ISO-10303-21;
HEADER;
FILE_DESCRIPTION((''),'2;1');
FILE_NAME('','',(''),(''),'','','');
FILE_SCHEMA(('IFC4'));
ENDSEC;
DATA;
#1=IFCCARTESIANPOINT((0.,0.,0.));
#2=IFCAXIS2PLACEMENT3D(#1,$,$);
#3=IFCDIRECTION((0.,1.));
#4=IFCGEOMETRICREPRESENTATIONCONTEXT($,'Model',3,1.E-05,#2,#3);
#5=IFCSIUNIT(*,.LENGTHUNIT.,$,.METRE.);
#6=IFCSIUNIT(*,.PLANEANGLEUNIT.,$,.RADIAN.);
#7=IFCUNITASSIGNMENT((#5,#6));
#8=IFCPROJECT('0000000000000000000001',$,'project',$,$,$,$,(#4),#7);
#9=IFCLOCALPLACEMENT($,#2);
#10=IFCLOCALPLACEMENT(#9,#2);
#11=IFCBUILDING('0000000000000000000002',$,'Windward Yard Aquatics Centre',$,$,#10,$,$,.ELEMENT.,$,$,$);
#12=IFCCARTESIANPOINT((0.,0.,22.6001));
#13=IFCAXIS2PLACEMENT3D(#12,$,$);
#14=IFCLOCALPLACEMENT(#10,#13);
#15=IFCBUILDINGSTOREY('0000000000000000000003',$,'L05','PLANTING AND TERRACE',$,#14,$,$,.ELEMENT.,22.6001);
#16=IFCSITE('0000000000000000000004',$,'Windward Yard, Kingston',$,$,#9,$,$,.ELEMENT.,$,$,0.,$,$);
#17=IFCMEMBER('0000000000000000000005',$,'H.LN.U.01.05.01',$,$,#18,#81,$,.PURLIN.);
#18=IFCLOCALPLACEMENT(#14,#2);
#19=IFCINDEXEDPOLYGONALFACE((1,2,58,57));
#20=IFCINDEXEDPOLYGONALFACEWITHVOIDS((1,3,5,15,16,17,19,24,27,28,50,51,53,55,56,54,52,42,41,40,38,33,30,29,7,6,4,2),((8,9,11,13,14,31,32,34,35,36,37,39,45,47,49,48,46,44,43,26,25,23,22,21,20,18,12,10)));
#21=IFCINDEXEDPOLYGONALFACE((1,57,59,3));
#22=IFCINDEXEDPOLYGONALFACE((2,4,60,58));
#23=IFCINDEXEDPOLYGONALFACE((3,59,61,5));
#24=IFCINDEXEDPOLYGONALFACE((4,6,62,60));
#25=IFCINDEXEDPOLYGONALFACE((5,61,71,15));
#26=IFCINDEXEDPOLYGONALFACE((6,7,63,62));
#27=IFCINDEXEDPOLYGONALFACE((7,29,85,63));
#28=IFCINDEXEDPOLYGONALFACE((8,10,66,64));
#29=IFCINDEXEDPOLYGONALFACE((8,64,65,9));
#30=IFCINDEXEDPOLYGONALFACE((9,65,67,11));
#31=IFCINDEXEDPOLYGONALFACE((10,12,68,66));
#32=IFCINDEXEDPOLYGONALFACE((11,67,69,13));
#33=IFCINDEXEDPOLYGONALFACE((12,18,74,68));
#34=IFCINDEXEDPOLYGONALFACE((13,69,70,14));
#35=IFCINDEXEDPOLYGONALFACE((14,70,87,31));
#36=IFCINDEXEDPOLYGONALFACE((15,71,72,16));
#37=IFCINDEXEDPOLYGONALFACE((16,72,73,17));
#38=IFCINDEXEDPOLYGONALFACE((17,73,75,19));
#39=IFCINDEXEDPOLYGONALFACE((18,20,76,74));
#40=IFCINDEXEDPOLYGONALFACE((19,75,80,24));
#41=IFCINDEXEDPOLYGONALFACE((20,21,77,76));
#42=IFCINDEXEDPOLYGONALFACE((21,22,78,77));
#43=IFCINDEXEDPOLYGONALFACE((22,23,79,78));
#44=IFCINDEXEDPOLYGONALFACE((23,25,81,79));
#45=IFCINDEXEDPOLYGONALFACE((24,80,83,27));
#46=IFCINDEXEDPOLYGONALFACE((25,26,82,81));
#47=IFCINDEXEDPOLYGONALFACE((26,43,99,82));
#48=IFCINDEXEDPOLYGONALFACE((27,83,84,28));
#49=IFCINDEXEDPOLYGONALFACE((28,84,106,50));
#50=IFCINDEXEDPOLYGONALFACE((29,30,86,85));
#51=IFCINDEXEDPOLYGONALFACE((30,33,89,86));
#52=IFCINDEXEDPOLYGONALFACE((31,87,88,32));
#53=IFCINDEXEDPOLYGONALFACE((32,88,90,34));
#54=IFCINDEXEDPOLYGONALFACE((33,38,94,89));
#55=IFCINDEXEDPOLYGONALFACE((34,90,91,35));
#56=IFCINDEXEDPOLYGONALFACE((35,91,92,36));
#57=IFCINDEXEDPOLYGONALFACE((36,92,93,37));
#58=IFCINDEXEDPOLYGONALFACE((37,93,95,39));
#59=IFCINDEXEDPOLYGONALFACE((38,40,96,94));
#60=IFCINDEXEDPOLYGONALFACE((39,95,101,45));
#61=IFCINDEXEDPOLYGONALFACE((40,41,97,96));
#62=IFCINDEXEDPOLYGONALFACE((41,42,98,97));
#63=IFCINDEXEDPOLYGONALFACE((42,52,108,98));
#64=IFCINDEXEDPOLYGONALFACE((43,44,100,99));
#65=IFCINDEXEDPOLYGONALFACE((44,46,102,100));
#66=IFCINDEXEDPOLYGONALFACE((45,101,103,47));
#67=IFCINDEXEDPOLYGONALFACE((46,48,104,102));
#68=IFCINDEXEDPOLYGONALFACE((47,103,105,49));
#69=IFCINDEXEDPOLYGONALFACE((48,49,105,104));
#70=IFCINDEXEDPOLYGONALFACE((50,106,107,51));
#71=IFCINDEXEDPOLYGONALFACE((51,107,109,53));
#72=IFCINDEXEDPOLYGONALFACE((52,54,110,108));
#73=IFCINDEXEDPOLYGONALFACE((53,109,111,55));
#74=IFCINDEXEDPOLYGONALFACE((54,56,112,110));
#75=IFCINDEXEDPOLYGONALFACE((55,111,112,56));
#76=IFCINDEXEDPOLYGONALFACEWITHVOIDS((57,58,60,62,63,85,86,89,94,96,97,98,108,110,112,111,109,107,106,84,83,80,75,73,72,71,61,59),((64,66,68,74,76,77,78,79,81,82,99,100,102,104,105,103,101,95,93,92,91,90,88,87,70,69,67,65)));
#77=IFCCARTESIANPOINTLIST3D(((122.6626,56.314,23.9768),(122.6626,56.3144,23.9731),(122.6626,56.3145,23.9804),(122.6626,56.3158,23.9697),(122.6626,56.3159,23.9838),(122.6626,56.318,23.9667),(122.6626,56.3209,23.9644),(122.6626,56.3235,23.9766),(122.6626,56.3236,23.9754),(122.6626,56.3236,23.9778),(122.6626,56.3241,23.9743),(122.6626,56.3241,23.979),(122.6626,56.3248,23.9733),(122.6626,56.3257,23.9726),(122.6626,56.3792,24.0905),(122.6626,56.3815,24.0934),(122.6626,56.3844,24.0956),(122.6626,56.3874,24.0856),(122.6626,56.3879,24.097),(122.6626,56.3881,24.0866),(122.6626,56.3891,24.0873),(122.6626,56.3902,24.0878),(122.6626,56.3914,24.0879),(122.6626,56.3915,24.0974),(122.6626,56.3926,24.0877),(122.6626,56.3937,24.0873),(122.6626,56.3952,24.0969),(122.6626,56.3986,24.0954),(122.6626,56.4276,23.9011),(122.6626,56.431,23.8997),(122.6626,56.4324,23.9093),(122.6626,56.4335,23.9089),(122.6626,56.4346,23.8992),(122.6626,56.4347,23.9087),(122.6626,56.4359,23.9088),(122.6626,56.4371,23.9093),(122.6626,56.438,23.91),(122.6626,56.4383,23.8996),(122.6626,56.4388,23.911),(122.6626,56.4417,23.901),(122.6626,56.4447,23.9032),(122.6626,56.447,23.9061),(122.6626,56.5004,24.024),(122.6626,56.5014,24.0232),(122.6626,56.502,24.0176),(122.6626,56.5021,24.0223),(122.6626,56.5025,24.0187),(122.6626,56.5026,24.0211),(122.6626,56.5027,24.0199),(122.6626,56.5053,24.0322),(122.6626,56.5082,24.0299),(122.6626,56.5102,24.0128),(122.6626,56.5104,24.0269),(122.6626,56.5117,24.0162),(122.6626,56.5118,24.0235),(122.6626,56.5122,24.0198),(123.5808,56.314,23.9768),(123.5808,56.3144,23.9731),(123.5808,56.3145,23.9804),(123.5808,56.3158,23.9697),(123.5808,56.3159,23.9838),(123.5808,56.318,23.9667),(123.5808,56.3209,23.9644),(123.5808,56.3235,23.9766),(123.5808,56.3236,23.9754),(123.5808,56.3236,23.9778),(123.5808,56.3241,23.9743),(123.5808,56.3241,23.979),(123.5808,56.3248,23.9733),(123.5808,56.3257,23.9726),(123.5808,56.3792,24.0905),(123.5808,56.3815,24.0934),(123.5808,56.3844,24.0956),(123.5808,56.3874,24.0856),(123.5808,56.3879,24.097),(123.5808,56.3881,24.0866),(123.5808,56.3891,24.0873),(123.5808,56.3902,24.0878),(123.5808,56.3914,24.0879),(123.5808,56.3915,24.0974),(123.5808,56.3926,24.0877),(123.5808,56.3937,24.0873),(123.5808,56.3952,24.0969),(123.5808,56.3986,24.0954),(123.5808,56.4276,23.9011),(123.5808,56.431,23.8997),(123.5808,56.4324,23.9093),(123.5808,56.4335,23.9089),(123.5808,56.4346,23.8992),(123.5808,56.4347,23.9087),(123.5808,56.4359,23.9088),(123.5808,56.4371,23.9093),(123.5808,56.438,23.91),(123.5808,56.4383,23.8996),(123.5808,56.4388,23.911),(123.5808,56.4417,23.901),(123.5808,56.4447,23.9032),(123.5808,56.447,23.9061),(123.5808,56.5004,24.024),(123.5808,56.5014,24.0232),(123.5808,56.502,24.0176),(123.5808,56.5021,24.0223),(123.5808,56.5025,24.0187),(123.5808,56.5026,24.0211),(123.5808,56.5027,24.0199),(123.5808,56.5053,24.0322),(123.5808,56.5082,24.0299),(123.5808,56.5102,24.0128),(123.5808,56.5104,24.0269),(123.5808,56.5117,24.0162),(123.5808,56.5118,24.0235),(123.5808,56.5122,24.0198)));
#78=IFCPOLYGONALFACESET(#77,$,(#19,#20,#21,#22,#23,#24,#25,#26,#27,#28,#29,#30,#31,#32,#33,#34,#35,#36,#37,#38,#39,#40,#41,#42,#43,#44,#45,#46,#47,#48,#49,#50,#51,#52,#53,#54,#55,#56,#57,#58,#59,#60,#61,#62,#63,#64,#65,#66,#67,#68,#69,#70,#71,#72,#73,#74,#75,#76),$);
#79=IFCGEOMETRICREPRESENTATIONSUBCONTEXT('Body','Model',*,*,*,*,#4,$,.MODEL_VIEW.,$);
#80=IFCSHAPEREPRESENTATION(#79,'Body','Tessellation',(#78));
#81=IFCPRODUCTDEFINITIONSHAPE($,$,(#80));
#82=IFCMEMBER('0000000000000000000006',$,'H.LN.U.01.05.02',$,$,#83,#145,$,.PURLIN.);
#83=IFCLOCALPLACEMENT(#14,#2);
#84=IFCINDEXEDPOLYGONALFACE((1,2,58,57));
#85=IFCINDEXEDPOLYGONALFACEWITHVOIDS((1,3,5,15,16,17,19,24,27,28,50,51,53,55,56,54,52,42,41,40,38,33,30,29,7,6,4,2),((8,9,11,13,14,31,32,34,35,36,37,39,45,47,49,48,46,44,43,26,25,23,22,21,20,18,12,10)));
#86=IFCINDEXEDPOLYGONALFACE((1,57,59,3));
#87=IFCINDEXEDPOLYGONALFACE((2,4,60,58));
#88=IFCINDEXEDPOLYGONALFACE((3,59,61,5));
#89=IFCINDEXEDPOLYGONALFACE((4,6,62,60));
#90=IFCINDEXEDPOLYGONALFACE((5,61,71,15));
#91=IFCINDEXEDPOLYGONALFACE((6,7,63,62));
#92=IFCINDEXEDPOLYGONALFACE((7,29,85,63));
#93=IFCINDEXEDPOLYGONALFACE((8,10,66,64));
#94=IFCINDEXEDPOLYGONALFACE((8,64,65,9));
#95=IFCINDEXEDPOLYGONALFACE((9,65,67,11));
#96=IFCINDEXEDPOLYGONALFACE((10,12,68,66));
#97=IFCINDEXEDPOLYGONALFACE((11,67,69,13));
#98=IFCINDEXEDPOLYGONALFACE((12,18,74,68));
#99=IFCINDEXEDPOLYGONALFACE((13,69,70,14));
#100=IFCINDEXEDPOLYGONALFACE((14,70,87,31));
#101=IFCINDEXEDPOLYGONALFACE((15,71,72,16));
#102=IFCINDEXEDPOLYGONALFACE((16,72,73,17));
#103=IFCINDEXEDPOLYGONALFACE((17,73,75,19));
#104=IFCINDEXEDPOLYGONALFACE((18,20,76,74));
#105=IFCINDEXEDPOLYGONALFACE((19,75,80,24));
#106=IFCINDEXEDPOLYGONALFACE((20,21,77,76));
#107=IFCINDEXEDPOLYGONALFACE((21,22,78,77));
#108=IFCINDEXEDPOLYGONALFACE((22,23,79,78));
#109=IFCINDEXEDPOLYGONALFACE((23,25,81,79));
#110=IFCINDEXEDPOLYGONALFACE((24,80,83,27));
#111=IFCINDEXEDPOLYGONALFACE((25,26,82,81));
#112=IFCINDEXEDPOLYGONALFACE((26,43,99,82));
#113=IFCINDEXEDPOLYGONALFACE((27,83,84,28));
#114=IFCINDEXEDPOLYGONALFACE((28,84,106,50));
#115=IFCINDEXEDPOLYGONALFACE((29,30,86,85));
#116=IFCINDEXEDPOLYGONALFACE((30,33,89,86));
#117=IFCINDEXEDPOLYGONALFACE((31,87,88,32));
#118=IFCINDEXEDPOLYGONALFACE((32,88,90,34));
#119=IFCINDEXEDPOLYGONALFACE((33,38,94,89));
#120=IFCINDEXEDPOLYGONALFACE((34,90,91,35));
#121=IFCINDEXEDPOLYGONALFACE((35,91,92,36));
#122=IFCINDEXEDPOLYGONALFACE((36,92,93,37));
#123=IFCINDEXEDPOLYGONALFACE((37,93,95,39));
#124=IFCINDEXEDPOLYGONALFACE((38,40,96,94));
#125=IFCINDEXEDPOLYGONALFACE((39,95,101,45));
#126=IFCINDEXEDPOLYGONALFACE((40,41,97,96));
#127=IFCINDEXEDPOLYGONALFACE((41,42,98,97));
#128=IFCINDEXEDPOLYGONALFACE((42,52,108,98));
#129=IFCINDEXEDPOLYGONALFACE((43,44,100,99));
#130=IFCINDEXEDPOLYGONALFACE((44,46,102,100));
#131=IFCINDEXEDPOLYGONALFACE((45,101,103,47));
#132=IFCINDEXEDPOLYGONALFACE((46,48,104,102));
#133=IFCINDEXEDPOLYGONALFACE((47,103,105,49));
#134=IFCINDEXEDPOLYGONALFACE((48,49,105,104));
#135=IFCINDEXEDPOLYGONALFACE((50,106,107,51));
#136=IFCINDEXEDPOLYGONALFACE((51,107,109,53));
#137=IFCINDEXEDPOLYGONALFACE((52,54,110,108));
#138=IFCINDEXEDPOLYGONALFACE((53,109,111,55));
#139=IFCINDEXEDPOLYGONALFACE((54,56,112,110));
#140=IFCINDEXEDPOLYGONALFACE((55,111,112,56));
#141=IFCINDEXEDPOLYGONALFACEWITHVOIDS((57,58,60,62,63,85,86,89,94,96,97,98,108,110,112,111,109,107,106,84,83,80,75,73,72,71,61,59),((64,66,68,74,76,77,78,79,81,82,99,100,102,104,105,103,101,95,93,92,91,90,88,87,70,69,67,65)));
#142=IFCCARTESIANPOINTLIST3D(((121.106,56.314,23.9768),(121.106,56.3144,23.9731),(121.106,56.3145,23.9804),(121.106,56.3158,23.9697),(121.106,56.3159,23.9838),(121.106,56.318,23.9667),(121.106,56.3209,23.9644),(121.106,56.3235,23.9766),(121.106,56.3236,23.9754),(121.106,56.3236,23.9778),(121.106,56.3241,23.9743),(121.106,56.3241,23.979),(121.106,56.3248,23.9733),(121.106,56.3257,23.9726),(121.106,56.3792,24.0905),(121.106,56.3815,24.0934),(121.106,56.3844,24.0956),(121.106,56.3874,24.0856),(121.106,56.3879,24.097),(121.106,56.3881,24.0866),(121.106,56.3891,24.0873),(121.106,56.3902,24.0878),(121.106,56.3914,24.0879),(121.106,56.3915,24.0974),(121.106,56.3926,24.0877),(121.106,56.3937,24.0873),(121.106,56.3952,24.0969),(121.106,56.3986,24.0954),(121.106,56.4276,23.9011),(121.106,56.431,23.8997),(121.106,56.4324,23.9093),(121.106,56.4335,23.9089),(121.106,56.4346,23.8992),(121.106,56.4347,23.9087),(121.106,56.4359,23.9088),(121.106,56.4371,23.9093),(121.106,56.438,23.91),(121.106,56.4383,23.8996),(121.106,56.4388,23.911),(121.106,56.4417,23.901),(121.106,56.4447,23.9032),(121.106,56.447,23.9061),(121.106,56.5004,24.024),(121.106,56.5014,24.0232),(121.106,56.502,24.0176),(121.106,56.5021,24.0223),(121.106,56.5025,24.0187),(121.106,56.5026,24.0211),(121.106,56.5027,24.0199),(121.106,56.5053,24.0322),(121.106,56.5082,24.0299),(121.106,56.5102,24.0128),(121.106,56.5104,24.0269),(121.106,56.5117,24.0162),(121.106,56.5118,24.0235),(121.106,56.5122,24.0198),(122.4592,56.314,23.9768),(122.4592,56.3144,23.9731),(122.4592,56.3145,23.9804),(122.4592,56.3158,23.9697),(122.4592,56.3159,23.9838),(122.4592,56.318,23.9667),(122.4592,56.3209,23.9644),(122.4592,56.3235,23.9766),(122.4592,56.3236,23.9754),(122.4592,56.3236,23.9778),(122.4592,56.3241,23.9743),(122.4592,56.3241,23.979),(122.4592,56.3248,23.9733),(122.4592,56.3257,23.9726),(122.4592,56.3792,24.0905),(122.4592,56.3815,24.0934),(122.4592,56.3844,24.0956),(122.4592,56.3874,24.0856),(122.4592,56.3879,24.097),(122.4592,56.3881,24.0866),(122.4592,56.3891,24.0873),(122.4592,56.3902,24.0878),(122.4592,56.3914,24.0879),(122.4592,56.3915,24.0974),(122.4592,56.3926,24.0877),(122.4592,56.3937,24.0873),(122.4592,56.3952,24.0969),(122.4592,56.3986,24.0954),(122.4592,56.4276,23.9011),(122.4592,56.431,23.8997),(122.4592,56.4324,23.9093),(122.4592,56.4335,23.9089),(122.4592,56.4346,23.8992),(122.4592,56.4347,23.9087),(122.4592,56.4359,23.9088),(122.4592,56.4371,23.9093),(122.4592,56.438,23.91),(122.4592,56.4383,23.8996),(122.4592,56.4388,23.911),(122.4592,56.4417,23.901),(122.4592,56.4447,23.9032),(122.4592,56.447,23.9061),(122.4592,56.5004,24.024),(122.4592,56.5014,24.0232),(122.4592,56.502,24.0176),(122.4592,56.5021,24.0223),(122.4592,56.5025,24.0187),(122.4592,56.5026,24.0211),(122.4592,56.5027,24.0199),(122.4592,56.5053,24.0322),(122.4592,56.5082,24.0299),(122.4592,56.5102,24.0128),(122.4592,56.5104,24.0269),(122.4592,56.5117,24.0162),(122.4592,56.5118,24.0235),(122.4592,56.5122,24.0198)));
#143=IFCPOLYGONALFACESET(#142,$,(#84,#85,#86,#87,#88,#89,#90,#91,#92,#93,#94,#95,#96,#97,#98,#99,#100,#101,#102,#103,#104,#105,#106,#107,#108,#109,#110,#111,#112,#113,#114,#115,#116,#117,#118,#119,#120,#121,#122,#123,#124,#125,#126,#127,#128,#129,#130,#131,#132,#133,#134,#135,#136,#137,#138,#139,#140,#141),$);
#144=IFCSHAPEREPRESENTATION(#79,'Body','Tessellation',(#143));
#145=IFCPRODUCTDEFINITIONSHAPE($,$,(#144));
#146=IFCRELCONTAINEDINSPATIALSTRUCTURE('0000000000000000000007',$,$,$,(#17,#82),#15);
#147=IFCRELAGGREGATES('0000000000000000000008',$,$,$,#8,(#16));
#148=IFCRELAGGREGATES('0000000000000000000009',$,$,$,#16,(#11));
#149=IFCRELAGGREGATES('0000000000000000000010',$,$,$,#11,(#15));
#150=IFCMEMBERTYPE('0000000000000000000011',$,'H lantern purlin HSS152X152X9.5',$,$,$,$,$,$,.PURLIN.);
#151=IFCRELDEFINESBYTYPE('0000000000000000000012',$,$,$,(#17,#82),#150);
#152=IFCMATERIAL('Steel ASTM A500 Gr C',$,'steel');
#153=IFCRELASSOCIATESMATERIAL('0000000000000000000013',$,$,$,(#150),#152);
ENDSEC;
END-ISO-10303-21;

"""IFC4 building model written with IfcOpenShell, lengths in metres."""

from ifc_helpers import new_model, si_unit, direction, frame, origin, origin_2d, place, context, subcontext, project, spatial, hollow_rectangle, extrude, material, material_profile, profile_set, type_object, element, save


model = new_model("IFC4")

# Units and contexts
model_context = context("Model", 3, precision=1e-05, world=origin(), true_north=direction((0.0, 1.0)))
body_context = subcontext(model_context, "Body", "Model", "MODEL_VIEW")
ifc_project = project(units=[si_unit("LENGTHUNIT", "METRE"), si_unit("PLANEANGLEUNIT", "RADIAN")], contexts=[model_context])

# Site, building, storey
site_placement = place(None, origin())
site = spatial("IfcSite", under=ifc_project, at=site_placement, Name="Windward Yard, Kingston", CompositionType="ELEMENT", RefElevation=0.0)
building_placement = place(site_placement, origin())
building = spatial("IfcBuilding", under=site, at=building_placement, Name="Windward Yard Aquatics Centre", CompositionType="ELEMENT")
storey_placement = place(building_placement, frame((0.0, 0.0, 22.6001)))
storey = spatial("IfcBuildingStorey", under=building, at=storey_placement, Name="L05", Description="PLANTING AND TERRACE", CompositionType="ELEMENT", Elevation=22.6001)

# Members
ifc_material_1 = material(Name="Steel ASTM A500 Gr C", Category="steel")
ifc_material_profile = material_profile(ifc_material_1, hollow_rectangle(XDim=0.1523, YDim=0.1523, WallThickness=0.0095, InnerFilletRadius=0.0046, OuterFilletRadius=0.0142, at=origin_2d()), Name="HSS152X152X9.5")
ifc_profile_set = profile_set([ifc_material_profile], Name="Steel ASTM A500 Gr C")
member_type = type_object("IfcMemberType", Name="H lantern purlin HSS152X152X9.5", PredefinedType="PURLIN", material=ifc_profile_set)
member_1_placement = place(storey_placement, frame((123.5808, 56.4131, 23.9983), z_axis=(-1.0, 0.0, 0.0), x_axis=(0.0, -0.51012, -0.860103)))
element("IfcMember", 1, at=member_1_placement, inside=storey, type_object=member_type, Name="H.LN.U.01.05.01", PredefinedType="PURLIN", context=body_context, shape_type="SweptSolid", body=[
    extrude(hollow_rectangle(XDim=0.1523, YDim=0.1523, WallThickness=0.0095, InnerFilletRadius=0.0046, OuterFilletRadius=0.0142, at=origin_2d()), origin(), (0.0, 0.0, 1.0), 0.9182),
])
for number, where, z_axis, x_axis, name in (
    (2, (122.4592, 56.4131, 23.9983), (-1.0, 0.0, 0.0), (0.0, -0.51012, -0.860103), "H.LN.U.01.05.02"),
):
    element("IfcMember", number, at=place(storey_placement, frame(where, z_axis=z_axis, x_axis=x_axis)), inside=storey, type_object=member_type, Name=name, PredefinedType="PURLIN", context=body_context, shape_type="SweptSolid", body=[
        extrude(hollow_rectangle(XDim=0.1523, YDim=0.1523, WallThickness=0.0095, InnerFilletRadius=0.0046, OuterFilletRadius=0.0142, at=origin_2d()), origin(), (0.0, 0.0, 1.0), 1.3533),
    ])

save(model, "model.ifc")
